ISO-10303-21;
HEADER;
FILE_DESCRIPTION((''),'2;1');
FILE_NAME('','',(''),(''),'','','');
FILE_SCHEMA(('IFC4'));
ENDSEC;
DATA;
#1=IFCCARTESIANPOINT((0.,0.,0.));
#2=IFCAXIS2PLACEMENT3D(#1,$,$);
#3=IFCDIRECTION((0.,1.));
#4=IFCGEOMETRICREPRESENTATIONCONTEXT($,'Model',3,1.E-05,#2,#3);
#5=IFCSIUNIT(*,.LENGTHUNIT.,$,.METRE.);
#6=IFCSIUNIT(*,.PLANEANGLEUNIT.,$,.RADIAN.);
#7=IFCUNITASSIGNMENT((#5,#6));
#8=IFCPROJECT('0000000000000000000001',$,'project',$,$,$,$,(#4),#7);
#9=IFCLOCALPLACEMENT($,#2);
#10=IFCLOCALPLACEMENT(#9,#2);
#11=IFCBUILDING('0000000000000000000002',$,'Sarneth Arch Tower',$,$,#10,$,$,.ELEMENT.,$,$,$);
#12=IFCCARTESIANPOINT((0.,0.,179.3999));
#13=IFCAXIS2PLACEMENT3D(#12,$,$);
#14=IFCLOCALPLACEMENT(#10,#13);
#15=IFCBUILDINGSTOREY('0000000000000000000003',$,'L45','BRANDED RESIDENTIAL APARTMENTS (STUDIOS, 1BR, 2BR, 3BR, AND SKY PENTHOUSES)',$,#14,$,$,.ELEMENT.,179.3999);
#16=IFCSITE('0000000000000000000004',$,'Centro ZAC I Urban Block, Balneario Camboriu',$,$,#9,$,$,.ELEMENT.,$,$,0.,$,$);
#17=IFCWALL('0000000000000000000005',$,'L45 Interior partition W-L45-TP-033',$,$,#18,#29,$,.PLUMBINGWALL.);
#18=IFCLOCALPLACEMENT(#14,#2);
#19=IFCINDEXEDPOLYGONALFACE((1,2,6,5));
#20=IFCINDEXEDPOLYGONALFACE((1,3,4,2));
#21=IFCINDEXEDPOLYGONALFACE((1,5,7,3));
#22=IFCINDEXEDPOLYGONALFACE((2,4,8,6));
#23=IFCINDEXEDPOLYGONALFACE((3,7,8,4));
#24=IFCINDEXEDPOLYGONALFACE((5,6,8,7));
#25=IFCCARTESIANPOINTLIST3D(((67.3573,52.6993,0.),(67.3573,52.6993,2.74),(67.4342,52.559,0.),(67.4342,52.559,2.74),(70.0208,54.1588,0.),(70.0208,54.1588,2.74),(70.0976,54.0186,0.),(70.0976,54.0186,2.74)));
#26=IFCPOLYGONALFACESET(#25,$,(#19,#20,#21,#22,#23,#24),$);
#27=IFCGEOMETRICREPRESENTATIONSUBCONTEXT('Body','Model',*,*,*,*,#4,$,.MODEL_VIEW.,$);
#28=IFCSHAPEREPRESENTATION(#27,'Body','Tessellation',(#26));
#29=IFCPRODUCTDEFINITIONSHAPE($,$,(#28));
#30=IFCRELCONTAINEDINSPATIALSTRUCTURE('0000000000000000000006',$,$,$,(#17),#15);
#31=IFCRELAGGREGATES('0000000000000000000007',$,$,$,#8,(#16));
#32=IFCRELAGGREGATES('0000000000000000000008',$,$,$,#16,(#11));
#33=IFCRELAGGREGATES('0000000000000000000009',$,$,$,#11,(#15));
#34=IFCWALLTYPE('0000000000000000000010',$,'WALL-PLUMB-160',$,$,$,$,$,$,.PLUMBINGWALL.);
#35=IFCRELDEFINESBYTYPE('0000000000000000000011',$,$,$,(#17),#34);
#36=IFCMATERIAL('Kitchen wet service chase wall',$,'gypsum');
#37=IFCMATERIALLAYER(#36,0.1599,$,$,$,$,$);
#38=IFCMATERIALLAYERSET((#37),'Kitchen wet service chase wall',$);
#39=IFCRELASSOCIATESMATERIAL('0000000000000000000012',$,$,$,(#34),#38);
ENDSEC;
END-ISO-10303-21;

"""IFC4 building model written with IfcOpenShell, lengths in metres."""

from ifc_helpers import new_model, si_unit, direction, frame, frame_2d, origin, place, context, subcontext, project, spatial, rectangle, extrude, material, layer, layer_set, type_object, element, save


model = new_model("IFC4")

# Units and contexts
model_context = context("Model", 3, precision=1e-05, world=origin(), true_north=direction((0.0, 1.0)))
body_context = subcontext(model_context, "Body", "Model", "MODEL_VIEW")
ifc_project = project(units=[si_unit("LENGTHUNIT", "METRE"), si_unit("PLANEANGLEUNIT", "RADIAN")], contexts=[model_context])

# Site, building, storey
site_placement = place(None, origin())
site = spatial("IfcSite", under=ifc_project, at=site_placement, Name="Centro ZAC I Urban Block, Balneario Camboriu", CompositionType="ELEMENT", RefElevation=0.0)
building_placement = place(site_placement, origin())
building = spatial("IfcBuilding", under=site, at=building_placement, Name="Sarneth Arch Tower", CompositionType="ELEMENT")
storey_placement = place(building_placement, frame((0.0, 0.0, 179.3999)))
storey = spatial("IfcBuildingStorey", under=building, at=storey_placement, Name="L45", Description="BRANDED RESIDENTIAL APARTMENTS (STUDIOS, 1BR, 2BR, 3BR, AND SKY PENTHOUSES)", CompositionType="ELEMENT", Elevation=179.3999)

# Wall
ifc_material_1 = material(Name="Kitchen wet service chase wall", Category="gypsum")
ifc_layer_1 = layer(ifc_material_1, 0.1599)
ifc_layer_set_1 = layer_set([ifc_layer_1], Name="Kitchen wet service chase wall")
wall_type_1 = type_object("IfcWallType", Name="WALL-PLUMB-160", PredefinedType="PLUMBINGWALL", material=ifc_layer_set_1)
wall_1_placement = place(storey_placement, frame((67.3958, 52.6292, 0.0), z_axis=(0.0, 0.0, 1.0), x_axis=(0.87696, 0.480563, 0.0)))
element("IfcWall", 1, at=wall_1_placement, inside=storey, type_object=wall_type_1, Name="L45 Interior partition W-L45-TP-033", PredefinedType="PLUMBINGWALL", context=body_context, shape_type="SweptSolid", body=[
    extrude(rectangle(XDim=3.0371, YDim=0.1599, at=frame_2d((1.5186, 0.0))), origin(), (0.0, 0.0, 1.0), 2.74),
])

save(model, "model.ifc")
